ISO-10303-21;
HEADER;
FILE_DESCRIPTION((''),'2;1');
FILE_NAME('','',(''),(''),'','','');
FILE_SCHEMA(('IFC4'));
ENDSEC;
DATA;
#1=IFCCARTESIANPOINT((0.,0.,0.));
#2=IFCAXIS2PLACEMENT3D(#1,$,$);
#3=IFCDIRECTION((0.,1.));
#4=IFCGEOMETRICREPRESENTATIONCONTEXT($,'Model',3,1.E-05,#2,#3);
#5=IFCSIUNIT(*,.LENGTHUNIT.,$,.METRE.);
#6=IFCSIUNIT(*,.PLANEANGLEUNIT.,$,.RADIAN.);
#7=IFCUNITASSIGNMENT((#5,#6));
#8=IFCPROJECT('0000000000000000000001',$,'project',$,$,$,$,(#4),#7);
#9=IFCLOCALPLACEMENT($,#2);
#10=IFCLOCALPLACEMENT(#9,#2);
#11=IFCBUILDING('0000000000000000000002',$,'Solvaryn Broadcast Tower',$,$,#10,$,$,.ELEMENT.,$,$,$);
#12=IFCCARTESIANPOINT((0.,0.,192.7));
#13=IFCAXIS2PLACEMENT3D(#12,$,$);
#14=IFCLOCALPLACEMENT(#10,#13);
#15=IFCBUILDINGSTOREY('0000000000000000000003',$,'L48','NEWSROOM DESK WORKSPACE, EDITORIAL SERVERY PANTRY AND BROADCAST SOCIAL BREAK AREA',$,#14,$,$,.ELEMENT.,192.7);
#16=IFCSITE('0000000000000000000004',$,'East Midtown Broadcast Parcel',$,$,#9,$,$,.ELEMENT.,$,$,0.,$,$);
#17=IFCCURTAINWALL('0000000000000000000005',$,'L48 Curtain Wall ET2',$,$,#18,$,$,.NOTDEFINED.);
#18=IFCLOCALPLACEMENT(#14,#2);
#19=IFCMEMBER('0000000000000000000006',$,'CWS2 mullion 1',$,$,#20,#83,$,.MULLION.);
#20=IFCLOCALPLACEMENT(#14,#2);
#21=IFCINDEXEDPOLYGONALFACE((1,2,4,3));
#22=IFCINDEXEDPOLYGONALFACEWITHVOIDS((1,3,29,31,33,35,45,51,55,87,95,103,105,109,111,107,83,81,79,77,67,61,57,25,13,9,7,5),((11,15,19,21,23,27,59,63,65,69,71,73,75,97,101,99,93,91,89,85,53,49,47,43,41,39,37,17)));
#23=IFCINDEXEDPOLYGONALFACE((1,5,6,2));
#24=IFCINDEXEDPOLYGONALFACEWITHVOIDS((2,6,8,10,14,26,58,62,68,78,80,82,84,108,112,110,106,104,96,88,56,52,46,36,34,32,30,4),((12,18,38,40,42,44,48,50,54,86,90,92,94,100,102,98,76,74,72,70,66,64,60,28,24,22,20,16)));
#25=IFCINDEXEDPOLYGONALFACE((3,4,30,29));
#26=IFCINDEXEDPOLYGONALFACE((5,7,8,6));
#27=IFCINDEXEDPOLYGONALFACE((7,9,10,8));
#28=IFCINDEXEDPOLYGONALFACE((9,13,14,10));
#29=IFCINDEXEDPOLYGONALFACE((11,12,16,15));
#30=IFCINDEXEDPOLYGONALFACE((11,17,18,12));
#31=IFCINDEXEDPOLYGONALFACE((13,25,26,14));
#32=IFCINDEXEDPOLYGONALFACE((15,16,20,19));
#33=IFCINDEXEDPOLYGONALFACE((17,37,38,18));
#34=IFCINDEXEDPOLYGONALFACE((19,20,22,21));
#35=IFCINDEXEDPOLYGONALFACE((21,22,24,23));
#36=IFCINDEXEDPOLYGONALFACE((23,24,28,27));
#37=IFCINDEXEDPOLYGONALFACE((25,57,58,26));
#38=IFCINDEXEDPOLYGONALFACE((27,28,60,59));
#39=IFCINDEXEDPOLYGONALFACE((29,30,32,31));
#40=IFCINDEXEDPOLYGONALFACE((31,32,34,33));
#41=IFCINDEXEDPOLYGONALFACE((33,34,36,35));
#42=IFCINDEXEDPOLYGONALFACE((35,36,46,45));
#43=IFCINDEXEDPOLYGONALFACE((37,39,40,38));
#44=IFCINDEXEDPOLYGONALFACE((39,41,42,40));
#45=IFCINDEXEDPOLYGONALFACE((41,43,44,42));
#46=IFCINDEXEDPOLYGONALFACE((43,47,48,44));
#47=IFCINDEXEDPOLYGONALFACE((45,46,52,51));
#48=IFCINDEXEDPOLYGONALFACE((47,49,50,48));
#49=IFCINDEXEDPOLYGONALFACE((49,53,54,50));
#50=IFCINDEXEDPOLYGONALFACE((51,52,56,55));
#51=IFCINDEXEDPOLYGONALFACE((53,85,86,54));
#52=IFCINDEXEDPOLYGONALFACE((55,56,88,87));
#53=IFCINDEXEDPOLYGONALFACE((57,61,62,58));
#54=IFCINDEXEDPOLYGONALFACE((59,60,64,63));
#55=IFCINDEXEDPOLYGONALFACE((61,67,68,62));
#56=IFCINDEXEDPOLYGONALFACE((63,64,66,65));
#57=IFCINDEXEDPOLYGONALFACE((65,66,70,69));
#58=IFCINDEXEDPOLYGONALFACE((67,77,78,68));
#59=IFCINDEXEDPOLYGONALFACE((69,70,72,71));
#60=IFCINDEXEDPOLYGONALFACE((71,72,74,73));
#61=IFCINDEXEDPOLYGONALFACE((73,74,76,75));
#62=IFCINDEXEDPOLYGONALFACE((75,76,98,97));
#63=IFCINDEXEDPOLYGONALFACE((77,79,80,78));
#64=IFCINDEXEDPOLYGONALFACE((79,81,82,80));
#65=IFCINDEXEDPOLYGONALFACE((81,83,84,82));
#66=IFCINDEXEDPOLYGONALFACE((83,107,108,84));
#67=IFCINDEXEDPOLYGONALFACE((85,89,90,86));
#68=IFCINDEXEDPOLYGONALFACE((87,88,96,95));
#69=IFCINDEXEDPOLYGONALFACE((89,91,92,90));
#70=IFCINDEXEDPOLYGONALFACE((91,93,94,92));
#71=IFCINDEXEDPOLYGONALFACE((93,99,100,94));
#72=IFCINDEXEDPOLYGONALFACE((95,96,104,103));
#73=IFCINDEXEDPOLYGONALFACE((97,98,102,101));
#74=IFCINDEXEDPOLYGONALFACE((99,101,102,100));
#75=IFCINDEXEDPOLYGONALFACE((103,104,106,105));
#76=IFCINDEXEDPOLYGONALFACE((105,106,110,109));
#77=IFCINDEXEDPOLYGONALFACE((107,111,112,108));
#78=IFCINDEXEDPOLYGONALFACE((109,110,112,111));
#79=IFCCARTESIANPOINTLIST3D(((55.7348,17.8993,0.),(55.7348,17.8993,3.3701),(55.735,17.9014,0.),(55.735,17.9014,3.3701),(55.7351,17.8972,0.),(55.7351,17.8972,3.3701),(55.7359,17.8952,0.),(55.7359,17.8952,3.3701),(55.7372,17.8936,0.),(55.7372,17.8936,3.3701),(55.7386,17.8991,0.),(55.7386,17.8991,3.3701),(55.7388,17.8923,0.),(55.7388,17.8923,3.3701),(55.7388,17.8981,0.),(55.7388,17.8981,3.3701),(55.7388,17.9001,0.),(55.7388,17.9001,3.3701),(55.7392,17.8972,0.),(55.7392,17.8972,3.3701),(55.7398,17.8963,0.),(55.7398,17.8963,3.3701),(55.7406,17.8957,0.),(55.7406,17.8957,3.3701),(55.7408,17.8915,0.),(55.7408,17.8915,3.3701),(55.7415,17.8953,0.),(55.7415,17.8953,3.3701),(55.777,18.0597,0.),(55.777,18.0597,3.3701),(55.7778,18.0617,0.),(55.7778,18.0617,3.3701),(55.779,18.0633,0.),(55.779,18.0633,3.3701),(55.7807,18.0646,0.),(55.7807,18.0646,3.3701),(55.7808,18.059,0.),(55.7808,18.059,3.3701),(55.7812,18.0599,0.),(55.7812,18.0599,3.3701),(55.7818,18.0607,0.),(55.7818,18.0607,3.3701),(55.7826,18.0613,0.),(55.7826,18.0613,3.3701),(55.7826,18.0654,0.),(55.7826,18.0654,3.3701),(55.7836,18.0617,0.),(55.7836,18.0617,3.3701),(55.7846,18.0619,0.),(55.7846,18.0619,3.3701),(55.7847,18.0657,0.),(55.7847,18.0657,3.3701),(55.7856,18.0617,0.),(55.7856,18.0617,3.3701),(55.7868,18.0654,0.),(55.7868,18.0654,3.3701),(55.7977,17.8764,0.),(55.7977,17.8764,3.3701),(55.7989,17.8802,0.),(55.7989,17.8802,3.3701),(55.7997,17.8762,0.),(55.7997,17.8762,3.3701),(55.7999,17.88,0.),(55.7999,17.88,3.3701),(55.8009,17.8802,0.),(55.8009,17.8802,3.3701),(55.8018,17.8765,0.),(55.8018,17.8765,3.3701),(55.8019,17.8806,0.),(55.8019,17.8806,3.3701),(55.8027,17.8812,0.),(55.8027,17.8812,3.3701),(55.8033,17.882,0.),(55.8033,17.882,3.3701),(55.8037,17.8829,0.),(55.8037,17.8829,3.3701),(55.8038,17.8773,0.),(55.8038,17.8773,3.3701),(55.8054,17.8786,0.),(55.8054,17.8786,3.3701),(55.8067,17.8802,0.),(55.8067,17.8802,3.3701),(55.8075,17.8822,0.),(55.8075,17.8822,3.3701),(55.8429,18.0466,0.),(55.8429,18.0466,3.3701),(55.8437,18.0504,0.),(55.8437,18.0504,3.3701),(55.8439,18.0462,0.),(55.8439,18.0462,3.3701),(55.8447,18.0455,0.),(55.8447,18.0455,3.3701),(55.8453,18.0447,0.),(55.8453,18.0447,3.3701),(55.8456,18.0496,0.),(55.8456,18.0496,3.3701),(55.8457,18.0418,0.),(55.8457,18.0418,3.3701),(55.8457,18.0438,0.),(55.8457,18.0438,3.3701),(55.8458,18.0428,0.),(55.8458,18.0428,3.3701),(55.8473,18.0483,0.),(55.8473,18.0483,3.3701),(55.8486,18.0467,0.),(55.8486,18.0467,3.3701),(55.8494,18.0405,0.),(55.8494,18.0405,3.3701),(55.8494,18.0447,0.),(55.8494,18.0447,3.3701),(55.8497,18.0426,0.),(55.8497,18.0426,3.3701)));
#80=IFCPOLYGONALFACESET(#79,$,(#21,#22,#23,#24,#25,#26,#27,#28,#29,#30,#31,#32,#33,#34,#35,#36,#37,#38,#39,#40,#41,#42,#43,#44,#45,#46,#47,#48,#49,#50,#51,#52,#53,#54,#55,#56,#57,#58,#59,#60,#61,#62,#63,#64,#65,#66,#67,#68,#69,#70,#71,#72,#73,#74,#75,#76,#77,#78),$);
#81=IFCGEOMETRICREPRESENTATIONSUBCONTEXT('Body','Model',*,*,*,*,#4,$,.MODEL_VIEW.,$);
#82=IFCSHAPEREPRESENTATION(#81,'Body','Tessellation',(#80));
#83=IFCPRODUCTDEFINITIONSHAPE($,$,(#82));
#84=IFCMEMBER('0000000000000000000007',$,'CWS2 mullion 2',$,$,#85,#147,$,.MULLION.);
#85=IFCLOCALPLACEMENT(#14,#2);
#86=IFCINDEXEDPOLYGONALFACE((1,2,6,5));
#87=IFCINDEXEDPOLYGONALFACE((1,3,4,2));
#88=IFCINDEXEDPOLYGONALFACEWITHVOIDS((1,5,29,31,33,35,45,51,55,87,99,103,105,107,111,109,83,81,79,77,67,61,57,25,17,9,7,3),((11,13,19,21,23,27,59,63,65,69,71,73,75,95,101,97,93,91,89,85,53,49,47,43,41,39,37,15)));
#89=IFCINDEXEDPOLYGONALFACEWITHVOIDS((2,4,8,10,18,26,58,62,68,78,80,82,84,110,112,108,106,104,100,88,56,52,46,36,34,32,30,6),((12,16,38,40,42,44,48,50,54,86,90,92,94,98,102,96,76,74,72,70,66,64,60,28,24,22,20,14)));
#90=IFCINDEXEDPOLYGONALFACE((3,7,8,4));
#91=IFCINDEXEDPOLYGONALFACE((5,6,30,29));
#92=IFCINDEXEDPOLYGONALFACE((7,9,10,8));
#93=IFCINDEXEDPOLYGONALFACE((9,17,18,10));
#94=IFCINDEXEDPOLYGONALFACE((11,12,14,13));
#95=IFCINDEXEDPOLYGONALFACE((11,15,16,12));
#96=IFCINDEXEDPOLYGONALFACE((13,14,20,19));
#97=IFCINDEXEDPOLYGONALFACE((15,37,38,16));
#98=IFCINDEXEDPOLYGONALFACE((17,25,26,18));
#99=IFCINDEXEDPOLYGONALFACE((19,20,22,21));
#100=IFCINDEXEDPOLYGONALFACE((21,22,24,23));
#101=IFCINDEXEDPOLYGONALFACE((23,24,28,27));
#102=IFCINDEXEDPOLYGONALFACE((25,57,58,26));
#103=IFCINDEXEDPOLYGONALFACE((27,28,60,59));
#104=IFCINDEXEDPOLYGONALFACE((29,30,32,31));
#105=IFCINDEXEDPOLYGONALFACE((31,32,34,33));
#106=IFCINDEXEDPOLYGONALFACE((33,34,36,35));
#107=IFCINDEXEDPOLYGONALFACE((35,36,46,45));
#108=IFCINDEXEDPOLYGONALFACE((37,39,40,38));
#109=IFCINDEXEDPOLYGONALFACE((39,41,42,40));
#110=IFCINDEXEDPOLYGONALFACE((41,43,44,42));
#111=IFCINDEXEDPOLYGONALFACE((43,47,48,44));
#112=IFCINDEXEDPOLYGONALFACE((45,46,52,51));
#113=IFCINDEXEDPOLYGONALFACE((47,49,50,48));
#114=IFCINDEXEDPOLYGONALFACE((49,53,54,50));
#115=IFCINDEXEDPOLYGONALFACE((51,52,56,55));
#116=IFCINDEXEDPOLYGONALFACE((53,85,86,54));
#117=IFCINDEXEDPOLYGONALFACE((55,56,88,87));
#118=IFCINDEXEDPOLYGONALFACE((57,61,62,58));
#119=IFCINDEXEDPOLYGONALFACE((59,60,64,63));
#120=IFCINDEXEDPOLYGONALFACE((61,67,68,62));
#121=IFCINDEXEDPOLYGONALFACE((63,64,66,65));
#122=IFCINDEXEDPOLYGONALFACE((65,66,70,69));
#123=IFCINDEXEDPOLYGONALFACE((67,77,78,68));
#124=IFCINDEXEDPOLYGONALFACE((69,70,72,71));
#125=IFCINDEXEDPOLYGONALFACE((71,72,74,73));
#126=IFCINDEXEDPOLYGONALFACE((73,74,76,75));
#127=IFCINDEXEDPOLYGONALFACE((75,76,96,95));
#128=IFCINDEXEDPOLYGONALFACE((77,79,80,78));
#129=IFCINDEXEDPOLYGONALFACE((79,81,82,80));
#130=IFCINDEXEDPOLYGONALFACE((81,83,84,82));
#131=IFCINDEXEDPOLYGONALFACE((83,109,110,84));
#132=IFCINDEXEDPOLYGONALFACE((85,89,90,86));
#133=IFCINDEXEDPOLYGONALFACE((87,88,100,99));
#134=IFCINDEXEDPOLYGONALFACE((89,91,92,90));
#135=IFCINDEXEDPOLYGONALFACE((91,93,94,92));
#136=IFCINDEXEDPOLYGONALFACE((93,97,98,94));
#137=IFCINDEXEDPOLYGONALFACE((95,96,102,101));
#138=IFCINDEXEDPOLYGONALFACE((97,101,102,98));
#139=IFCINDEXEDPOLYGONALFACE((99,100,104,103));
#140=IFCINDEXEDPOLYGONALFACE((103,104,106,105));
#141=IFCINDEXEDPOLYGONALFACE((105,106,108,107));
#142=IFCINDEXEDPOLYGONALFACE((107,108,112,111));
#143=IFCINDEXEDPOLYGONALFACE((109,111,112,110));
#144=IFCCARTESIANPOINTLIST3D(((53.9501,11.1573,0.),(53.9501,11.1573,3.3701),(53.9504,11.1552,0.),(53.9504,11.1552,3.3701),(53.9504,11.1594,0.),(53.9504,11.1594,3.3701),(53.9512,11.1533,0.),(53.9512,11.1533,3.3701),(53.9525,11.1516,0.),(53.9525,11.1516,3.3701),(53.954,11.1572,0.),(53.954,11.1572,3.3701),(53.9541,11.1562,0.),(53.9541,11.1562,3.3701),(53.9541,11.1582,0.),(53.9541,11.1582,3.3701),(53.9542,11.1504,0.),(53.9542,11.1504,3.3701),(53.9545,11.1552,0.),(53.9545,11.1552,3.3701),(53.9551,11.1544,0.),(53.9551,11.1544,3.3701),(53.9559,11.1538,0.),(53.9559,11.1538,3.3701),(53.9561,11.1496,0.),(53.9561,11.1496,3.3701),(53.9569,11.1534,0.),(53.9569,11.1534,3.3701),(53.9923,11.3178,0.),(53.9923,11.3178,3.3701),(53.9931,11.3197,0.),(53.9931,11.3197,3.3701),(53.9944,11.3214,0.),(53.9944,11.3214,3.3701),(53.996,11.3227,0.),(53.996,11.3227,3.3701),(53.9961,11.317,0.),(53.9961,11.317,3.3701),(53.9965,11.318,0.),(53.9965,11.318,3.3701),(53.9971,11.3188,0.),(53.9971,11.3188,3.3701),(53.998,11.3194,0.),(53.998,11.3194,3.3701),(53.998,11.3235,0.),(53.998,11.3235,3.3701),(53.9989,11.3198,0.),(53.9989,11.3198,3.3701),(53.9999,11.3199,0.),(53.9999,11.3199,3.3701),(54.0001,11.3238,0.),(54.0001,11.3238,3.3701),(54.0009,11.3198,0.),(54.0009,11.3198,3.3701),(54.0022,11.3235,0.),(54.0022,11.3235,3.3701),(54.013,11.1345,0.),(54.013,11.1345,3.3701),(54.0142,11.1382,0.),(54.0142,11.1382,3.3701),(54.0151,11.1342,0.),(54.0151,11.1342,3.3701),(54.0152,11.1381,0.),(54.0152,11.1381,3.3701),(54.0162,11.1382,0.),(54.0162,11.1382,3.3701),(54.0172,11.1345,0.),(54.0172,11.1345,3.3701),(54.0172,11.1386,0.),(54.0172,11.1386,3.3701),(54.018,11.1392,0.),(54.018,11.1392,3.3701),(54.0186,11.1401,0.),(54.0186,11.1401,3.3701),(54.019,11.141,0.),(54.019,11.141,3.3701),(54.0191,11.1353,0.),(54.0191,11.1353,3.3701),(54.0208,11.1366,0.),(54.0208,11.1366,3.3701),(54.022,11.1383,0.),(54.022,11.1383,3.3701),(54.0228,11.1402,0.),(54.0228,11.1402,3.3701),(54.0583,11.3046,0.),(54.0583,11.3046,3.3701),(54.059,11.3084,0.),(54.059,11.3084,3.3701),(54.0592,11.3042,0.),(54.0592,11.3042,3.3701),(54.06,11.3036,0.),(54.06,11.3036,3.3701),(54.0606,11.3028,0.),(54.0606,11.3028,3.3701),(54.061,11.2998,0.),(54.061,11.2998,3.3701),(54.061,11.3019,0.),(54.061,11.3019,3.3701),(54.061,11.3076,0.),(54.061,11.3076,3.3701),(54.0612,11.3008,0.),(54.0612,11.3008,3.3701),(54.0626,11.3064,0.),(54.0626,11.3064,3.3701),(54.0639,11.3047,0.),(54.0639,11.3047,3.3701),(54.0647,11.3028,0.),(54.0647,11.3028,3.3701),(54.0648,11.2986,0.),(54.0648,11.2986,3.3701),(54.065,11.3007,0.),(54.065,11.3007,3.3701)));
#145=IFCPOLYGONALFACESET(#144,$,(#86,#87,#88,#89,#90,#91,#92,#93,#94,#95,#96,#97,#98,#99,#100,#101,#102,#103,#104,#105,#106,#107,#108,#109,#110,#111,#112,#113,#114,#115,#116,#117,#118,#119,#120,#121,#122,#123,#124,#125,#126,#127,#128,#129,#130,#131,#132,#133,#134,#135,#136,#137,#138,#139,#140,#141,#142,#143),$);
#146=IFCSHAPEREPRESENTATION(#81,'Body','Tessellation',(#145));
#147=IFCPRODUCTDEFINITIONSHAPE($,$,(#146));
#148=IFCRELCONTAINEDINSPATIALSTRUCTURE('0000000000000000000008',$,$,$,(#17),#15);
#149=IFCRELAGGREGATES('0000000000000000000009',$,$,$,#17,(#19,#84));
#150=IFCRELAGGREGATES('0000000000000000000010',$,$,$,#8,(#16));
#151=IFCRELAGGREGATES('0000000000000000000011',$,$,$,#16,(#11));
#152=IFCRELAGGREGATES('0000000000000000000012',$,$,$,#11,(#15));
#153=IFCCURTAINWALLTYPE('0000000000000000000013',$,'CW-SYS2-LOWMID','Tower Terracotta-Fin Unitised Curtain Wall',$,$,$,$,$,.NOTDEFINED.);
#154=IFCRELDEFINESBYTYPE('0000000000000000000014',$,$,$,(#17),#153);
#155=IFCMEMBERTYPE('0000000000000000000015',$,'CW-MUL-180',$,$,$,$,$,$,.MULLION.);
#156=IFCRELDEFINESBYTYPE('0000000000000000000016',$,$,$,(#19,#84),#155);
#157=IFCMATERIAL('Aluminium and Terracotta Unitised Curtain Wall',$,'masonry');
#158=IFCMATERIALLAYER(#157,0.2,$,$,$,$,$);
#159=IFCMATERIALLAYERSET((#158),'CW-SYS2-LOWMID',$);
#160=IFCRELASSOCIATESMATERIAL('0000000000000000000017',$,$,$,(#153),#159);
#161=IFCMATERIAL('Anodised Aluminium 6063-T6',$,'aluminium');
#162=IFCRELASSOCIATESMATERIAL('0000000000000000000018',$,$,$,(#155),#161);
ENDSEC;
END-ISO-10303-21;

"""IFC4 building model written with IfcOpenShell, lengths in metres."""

from ifc_helpers import new_model, si_unit, direction, frame, origin, origin_2d, place, context, subcontext, project, spatial, hollow_rectangle, extrude, material, layer, layer_set, material_profile, profile_set, type_object, element, aggregate, save


model = new_model("IFC4")

# Units and contexts
model_context = context("Model", 3, precision=1e-05, world=origin(), true_north=direction((0.0, 1.0)))
body_context = subcontext(model_context, "Body", "Model", "MODEL_VIEW")
ifc_project = project(units=[si_unit("LENGTHUNIT", "METRE"), si_unit("PLANEANGLEUNIT", "RADIAN")], contexts=[model_context])

# Site, building, storey
site_placement = place(None, origin())
site = spatial("IfcSite", under=ifc_project, at=site_placement, Name="East Midtown Broadcast Parcel", CompositionType="ELEMENT", RefElevation=0.0)
building_placement = place(site_placement, origin())
building = spatial("IfcBuilding", under=site, at=building_placement, Name="Solvaryn Broadcast Tower", CompositionType="ELEMENT")
storey_placement = place(building_placement, frame((0.0, 0.0, 192.7)))
storey = spatial("IfcBuildingStorey", under=building, at=storey_placement, Name="L48", Description="NEWSROOM DESK WORKSPACE, EDITORIAL SERVERY PANTRY AND BROADCAST SOCIAL BREAK AREA", CompositionType="ELEMENT", Elevation=192.7)

# Shared definitions
ifc_material_1 = material(Name="Aluminium and Terracotta Unitised Curtain Wall", Category="masonry")
ifc_layer_1 = layer(ifc_material_1, 0.2)
ifc_layer_set_1 = layer_set([ifc_layer_1], Name="CW-SYS2-LOWMID")
curtain_wall_type = type_object("IfcCurtainWallType", Name="CW-SYS2-LOWMID", Description="Tower Terracotta-Fin Unitised Curtain Wall", PredefinedType="NOTDEFINED", material=ifc_layer_set_1)
ifc_material_2 = material(Name="Anodised Aluminium 6063-T6", Category="aluminium")
ifc_material_profile_1 = material_profile(ifc_material_2, hollow_rectangle(XDim=0.075, YDim=0.1799, WallThickness=0.0039, InnerFilletRadius=0.0039, OuterFilletRadius=0.0081, at=origin_2d()))
ifc_profile_set_1 = profile_set([ifc_material_profile_1], Name="Anodised Aluminium 6063-T6")
member_type_1 = type_object("IfcMemberType", Name="CW-MUL-180", PredefinedType="MULLION", material=ifc_profile_set_1)

# Curtain wall, members
curtain_wall_1_placement = place(storey_placement, origin())
curtain_wall_1 = element("IfcCurtainWall", 1, at=curtain_wall_1_placement, inside=storey, type_object=curtain_wall_type, Name="L48 Curtain Wall ET2", PredefinedType="NOTDEFINED")
member_1_placement = place(storey_placement, frame((55.7922, 17.9709, 0.0), z_axis=(0.0, 0.0, 1.0), x_axis=(0.966705, -0.255893, 0.0)))
member_1 = element("IfcMember", 2, at=member_1_placement, type_object=member_type_1, Name="CWS2 mullion 1", PredefinedType="MULLION", context=body_context, shape_type="SweptSolid", body=[
    extrude(hollow_rectangle(XDim=0.075, YDim=0.1799, WallThickness=0.0039, InnerFilletRadius=0.0039, OuterFilletRadius=0.0081, at=origin_2d()), origin(), (0.0, 0.0, 1.0), 3.3701),
])
member_2_placement = place(storey_placement, frame((54.0076, 11.229, 0.0), z_axis=(0.0, 0.0, 1.0), x_axis=(0.966705, -0.255893, 0.0)))
member_2 = element("IfcMember", 3, at=member_2_placement, type_object=member_type_1, Name="CWS2 mullion 2", PredefinedType="MULLION", context=body_context, shape_type="SweptSolid", body=[
    extrude(hollow_rectangle(XDim=0.075, YDim=0.1799, WallThickness=0.0039, InnerFilletRadius=0.0039, OuterFilletRadius=0.0081, at=origin_2d()), origin(), (0.0, 0.0, 1.0), 3.3701),
])

aggregate(curtain_wall_1, [member_1, member_2])

save(model, "model.ifc")
